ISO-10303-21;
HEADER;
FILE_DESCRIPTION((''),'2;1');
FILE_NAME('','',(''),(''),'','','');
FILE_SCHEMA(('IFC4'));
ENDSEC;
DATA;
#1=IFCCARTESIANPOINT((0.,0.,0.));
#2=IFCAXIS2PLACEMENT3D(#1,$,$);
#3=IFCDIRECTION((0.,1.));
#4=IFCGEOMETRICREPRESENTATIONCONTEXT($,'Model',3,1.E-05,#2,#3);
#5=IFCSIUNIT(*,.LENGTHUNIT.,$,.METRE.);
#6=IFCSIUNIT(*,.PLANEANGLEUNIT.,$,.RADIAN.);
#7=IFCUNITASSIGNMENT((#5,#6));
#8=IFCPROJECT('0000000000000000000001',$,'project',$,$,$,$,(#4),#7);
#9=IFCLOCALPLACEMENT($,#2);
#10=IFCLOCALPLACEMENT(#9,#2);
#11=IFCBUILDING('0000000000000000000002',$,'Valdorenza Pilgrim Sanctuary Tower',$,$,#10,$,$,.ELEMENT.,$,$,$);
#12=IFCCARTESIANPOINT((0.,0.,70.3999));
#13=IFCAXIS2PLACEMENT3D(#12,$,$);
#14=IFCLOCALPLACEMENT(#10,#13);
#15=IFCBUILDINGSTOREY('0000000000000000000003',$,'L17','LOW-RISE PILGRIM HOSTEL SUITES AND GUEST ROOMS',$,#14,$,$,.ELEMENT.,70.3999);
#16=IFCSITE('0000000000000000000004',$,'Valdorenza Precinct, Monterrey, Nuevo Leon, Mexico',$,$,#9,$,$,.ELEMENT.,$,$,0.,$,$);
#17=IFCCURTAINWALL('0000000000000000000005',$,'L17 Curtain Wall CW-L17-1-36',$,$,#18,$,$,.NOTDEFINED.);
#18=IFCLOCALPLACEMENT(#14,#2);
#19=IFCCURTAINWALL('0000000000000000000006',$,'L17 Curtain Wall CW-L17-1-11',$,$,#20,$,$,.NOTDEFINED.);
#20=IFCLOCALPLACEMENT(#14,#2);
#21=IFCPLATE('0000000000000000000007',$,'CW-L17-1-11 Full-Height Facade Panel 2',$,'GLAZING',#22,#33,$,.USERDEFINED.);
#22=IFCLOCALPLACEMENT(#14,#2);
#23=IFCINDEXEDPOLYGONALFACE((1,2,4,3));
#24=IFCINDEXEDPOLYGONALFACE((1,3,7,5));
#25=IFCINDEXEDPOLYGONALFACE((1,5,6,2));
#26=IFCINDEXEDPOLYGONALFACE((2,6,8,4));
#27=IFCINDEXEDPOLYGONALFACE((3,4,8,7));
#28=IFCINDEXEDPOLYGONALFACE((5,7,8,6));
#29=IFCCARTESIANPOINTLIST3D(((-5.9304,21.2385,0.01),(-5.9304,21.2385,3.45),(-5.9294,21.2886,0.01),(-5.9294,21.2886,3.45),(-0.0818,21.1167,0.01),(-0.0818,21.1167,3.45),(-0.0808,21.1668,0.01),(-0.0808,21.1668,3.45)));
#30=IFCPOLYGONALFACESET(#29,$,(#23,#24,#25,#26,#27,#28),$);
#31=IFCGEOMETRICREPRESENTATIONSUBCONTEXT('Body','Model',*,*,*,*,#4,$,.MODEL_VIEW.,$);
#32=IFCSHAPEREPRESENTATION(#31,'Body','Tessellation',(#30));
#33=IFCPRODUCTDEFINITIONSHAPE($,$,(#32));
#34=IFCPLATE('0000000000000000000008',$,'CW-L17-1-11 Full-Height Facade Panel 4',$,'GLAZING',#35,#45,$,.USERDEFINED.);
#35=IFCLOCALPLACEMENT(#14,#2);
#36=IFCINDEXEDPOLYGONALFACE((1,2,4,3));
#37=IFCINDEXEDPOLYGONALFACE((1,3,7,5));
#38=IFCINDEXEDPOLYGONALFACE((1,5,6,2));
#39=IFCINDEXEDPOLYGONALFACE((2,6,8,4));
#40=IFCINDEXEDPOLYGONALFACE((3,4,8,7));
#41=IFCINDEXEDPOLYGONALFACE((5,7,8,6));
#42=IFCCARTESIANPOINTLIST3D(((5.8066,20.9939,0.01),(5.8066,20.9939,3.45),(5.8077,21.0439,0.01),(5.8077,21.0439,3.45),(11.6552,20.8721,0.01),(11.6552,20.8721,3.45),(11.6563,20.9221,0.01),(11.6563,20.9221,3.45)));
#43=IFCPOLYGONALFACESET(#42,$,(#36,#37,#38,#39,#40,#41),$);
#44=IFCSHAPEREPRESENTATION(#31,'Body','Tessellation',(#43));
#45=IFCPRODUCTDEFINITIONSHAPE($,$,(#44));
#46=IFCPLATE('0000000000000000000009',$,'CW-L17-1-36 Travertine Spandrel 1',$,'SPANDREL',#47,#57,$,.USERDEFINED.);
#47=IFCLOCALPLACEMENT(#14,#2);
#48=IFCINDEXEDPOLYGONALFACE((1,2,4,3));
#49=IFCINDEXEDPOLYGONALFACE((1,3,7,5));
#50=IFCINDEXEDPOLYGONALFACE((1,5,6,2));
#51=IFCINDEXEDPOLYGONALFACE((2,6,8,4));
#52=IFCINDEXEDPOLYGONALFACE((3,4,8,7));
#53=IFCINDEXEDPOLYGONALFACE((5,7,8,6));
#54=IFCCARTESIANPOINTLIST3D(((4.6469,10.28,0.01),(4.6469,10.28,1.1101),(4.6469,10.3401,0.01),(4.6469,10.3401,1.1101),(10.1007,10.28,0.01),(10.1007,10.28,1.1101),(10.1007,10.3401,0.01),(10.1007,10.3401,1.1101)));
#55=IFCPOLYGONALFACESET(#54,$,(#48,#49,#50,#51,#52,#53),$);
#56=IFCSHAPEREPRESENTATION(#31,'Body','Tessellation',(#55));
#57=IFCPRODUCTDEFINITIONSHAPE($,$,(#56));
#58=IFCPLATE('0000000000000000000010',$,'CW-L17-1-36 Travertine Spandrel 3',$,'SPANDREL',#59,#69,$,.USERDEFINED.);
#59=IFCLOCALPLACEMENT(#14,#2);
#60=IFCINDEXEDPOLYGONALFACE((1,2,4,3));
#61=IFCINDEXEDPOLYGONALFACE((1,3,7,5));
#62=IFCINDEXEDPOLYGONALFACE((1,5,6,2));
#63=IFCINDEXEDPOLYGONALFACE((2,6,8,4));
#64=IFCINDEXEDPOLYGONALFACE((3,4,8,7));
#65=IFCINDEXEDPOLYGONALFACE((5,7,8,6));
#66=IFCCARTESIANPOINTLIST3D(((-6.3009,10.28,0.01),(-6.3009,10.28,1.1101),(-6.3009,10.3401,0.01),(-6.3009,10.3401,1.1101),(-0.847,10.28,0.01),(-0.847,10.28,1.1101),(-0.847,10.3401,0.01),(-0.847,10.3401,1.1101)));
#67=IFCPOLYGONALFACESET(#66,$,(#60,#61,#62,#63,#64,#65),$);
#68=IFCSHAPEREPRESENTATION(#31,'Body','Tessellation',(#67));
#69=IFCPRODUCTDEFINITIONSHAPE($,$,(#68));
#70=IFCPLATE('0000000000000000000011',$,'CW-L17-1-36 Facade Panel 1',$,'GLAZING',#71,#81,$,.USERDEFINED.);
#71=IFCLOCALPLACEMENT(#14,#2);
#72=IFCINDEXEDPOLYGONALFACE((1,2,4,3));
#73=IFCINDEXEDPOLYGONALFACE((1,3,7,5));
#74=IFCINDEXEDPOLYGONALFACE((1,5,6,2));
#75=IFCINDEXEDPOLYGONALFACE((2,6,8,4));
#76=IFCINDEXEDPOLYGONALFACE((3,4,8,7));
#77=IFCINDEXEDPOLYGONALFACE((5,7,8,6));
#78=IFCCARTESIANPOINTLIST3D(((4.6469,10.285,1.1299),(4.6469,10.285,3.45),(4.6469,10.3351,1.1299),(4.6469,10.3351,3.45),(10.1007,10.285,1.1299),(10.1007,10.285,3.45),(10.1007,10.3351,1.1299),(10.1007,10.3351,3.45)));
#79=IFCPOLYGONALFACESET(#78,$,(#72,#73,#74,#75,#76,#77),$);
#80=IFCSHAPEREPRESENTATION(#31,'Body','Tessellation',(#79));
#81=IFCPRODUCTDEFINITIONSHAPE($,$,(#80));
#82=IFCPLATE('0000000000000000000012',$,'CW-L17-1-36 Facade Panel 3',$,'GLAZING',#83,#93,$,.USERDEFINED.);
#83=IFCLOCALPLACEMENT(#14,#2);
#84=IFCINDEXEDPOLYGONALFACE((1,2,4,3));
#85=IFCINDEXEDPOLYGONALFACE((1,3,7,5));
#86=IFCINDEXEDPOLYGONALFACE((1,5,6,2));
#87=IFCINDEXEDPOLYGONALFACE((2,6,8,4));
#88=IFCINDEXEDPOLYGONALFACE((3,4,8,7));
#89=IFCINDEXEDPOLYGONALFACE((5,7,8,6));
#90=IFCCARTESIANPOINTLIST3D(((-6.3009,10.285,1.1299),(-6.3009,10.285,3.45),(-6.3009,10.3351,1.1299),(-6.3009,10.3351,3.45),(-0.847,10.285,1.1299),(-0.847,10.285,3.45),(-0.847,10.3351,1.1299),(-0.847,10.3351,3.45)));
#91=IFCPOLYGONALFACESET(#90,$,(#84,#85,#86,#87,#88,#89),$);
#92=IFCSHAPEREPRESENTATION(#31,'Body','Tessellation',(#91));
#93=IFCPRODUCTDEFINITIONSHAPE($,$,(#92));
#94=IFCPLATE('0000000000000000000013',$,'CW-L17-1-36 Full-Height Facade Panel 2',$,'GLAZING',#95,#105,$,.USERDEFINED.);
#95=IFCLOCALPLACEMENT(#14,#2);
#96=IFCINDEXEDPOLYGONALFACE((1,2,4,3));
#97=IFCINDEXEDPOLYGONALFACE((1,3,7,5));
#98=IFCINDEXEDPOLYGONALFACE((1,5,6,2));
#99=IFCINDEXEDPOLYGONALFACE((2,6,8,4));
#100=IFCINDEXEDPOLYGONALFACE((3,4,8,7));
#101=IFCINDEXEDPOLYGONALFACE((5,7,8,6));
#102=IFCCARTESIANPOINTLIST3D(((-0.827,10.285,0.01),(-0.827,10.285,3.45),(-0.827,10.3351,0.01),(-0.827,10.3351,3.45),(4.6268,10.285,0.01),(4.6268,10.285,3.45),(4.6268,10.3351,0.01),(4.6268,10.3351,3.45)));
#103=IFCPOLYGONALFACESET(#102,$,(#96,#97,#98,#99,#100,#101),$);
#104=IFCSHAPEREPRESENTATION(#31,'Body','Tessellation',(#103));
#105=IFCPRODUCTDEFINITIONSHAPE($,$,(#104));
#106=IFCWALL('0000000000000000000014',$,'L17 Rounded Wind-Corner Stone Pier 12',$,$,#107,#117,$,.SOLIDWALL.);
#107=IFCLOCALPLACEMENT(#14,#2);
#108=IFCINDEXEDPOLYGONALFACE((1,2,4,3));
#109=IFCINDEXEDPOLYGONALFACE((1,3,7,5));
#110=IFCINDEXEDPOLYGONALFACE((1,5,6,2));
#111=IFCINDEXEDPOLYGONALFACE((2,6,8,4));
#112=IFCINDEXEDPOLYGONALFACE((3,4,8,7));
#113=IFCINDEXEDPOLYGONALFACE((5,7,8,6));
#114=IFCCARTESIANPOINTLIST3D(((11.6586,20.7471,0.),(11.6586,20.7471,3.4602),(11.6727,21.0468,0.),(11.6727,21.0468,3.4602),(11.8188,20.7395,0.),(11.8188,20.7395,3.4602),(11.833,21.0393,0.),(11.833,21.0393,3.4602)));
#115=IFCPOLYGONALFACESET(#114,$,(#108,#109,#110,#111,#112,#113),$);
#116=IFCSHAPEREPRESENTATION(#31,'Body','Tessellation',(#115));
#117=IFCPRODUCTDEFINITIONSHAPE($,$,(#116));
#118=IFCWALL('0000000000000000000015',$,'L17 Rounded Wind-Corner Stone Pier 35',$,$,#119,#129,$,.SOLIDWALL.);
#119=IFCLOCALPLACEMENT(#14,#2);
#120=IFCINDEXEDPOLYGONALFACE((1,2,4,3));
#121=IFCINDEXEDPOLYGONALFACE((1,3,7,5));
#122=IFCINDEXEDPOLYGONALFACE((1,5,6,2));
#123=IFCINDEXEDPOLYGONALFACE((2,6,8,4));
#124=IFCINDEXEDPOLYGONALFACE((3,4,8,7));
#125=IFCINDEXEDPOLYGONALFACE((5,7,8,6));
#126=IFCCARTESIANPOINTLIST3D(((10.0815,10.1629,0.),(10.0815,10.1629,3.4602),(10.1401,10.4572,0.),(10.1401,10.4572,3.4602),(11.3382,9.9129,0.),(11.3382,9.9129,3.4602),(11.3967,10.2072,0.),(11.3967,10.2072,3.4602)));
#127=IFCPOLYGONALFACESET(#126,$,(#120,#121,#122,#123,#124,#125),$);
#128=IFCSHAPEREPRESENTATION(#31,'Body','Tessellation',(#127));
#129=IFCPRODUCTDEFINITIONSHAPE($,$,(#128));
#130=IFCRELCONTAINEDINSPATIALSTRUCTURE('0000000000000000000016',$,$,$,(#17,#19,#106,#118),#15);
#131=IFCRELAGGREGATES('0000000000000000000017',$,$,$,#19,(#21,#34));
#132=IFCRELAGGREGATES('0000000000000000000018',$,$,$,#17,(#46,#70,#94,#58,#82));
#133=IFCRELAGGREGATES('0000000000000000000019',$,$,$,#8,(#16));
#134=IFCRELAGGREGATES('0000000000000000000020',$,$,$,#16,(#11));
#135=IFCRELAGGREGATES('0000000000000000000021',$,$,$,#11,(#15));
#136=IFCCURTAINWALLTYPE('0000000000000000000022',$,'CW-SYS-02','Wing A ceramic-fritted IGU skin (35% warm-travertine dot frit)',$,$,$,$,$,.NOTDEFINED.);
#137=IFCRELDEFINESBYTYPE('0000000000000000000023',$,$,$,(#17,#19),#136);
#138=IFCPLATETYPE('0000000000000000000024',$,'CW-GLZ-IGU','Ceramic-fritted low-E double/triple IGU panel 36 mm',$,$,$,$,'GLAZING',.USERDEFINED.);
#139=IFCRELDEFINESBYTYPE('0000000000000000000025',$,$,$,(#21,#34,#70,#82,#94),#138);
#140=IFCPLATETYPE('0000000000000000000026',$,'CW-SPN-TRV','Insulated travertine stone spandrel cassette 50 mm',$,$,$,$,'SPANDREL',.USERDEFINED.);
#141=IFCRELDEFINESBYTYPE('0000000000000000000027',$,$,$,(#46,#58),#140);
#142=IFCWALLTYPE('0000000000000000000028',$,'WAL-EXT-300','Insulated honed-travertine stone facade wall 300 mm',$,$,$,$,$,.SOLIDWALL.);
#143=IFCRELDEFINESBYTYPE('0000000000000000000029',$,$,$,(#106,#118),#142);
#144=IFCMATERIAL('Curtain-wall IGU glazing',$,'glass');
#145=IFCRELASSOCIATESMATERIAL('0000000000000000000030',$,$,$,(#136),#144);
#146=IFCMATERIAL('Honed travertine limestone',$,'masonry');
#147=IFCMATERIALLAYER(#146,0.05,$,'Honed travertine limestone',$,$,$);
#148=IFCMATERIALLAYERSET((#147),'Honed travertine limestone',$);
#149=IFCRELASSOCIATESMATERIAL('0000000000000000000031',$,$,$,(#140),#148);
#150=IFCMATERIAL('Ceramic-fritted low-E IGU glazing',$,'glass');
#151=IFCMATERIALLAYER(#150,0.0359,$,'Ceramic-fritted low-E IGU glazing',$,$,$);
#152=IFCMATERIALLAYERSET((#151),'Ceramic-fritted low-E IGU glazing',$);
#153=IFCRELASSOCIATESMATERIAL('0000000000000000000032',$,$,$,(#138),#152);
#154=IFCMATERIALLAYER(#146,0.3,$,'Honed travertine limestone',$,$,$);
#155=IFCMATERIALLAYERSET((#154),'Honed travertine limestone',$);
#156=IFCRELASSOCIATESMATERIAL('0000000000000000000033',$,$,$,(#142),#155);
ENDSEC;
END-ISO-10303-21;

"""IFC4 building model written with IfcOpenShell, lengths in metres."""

from ifc_helpers import new_model, si_unit, direction, frame, frame_2d, origin, origin_2d, place, context, subcontext, project, spatial, rectangle, extrude, source, transform, mapped, material, layer, layer_set, type_object, element, aggregate, save


model = new_model("IFC4")

# Units and contexts
model_context = context("Model", 3, precision=1e-05, world=origin(), true_north=direction((0.0, 1.0)))
body_context = subcontext(model_context, "Body", "Model", "MODEL_VIEW")
ifc_project = project(units=[si_unit("LENGTHUNIT", "METRE"), si_unit("PLANEANGLEUNIT", "RADIAN")], contexts=[model_context])

# Site, building, storey
site_placement = place(None, origin())
site = spatial("IfcSite", under=ifc_project, at=site_placement, Name="Valdorenza Precinct, Monterrey, Nuevo Leon, Mexico", CompositionType="ELEMENT", RefElevation=0.0)
building_placement = place(site_placement, origin())
building = spatial("IfcBuilding", under=site, at=building_placement, Name="Valdorenza Pilgrim Sanctuary Tower", CompositionType="ELEMENT")
storey_placement = place(building_placement, frame((0.0, 0.0, 70.3999)))
storey = spatial("IfcBuildingStorey", under=building, at=storey_placement, Name="L17", Description="LOW-RISE PILGRIM HOSTEL SUITES AND GUEST ROOMS", CompositionType="ELEMENT", Elevation=70.3999)

# Curtain wall
ifc_material_1 = material(Name="Curtain-wall IGU glazing", Category="glass")
curtain_wall_type = type_object("IfcCurtainWallType", Name="CW-SYS-02", Description="Wing A ceramic-fritted IGU skin (35% warm-travertine dot frit)", PredefinedType="NOTDEFINED", material=ifc_material_1)
curtain_wall_1_placement = place(storey_placement, origin())
curtain_wall_1 = element("IfcCurtainWall", 1, at=curtain_wall_1_placement, inside=storey, type_object=curtain_wall_type, Name="L17 Curtain Wall CW-L17-1-36", PredefinedType="NOTDEFINED")

# Curtain wall
curtain_wall_2_placement = place(storey_placement, origin())
curtain_wall_2 = element("IfcCurtainWall", 2, at=curtain_wall_2_placement, inside=storey, type_object=curtain_wall_type, Name="L17 Curtain Wall CW-L17-1-11", PredefinedType="NOTDEFINED")

# Plates
ifc_material_2 = material(Name="Honed travertine limestone", Category="masonry")
ifc_layer_1 = layer(ifc_material_2, 0.05, Name="Honed travertine limestone")
ifc_layer_set_1 = layer_set([ifc_layer_1], Name="Honed travertine limestone")
plate_type_1 = type_object("IfcPlateType", Name="CW-SPN-TRV", Description="Insulated travertine stone spandrel cassette 50 mm", ElementType="SPANDREL", PredefinedType="USERDEFINED", material=ifc_layer_set_1)
ifc_material_3 = material(Name="Ceramic-fritted low-E IGU glazing", Category="glass")
ifc_layer_2 = layer(ifc_material_3, 0.0359, Name="Ceramic-fritted low-E IGU glazing")
ifc_layer_set_2 = layer_set([ifc_layer_2], Name="Ceramic-fritted low-E IGU glazing")
plate_type_2 = type_object("IfcPlateType", Name="CW-GLZ-IGU", Description="Ceramic-fritted low-E double/triple IGU panel 36 mm", ElementType="GLAZING", PredefinedType="USERDEFINED", material=ifc_layer_set_2)
shared_shape_1 = source(origin(), body_context, "Body", "SweptSolid", [
    extrude(rectangle(XDim=5.8499, YDim=0.05, at=origin_2d()), origin(), (0.0, 0.0, 1.0), 3.4399),
])
plate_1_placement = place(storey_placement, frame((-3.0056, 21.2026, 0.01), z_axis=(0.0, 0.0, 1.0), x_axis=(0.999783, -0.02082, 0.0)))
plate_1 = element("IfcPlate", 3, at=plate_1_placement, type_object=plate_type_2, Name="CW-L17-1-11 Full-Height Facade Panel 2", ObjectType="GLAZING", PredefinedType="USERDEFINED", context=body_context, shape_type="MappedRepresentation", body=[
    mapped(shared_shape_1, transform((0.0, 0.0, 0.0), x_axis=(1.0, 0.0, 0.0), y_axis=(0.0, 1.0, 0.0), z_axis=(0.0, 0.0, 1.0), scale=1.0)),
])
plate_2_placement = place(storey_placement, frame((8.7314, 20.958, 0.01), z_axis=(0.0, 0.0, 1.0), x_axis=(0.999783, -0.02082, 0.0)))
plate_2 = element("IfcPlate", 4, at=plate_2_placement, type_object=plate_type_2, Name="CW-L17-1-11 Full-Height Facade Panel 4", ObjectType="GLAZING", PredefinedType="USERDEFINED", context=body_context, shape_type="MappedRepresentation", body=[
    mapped(shared_shape_1, transform((0.0, 0.0, 0.0), x_axis=(1.0, 0.0, 0.0), y_axis=(0.0, 1.0, 0.0), z_axis=(0.0, 0.0, 1.0), scale=1.0)),
])
aggregate(curtain_wall_2, [plate_1, plate_2])
shared_shape_2 = source(origin(), body_context, "Body", "SweptSolid", [
    extrude(rectangle(XDim=5.4539, YDim=0.0601, at=origin_2d()), origin(), (0.0, 0.0, 1.0), 1.1001),
])
plate_3_placement = place(storey_placement, frame((7.3738, 10.3101, 0.01), z_axis=(0.0, 0.0, 1.0), x_axis=(-1.0, 0.0, 0.0)))
plate_3 = element("IfcPlate", 5, at=plate_3_placement, type_object=plate_type_1, Name="CW-L17-1-36 Travertine Spandrel 1", ObjectType="SPANDREL", PredefinedType="USERDEFINED", context=body_context, shape_type="MappedRepresentation", body=[
    mapped(shared_shape_2, transform((0.0, 0.0, 0.0), x_axis=(1.0, 0.0, 0.0), y_axis=(0.0, 1.0, 0.0), z_axis=(0.0, 0.0, 1.0), scale=1.0)),
])
plate_4_placement = place(storey_placement, frame((-3.574, 10.3101, 0.01), z_axis=(0.0, 0.0, 1.0), x_axis=(-1.0, 0.0, 0.0)))
plate_4 = element("IfcPlate", 6, at=plate_4_placement, type_object=plate_type_1, Name="CW-L17-1-36 Travertine Spandrel 3", ObjectType="SPANDREL", PredefinedType="USERDEFINED", context=body_context, shape_type="MappedRepresentation", body=[
    mapped(shared_shape_2, transform((0.0, 0.0, 0.0), x_axis=(1.0, 0.0, 0.0), y_axis=(0.0, 1.0, 0.0), z_axis=(0.0, 0.0, 1.0), scale=1.0)),
])
shared_shape_3 = source(origin(), body_context, "Body", "SweptSolid", [
    extrude(rectangle(XDim=5.4539, YDim=0.05, at=origin_2d()), origin(), (0.0, 0.0, 1.0), 2.3201),
])
plate_5_placement = place(storey_placement, frame((7.3738, 10.3101, 1.1299), z_axis=(0.0, 0.0, 1.0), x_axis=(-1.0, 0.0, 0.0)))
plate_5 = element("IfcPlate", 7, at=plate_5_placement, type_object=plate_type_2, Name="CW-L17-1-36 Facade Panel 1", ObjectType="GLAZING", PredefinedType="USERDEFINED", context=body_context, shape_type="MappedRepresentation", body=[
    mapped(shared_shape_3, transform((0.0, 0.0, 0.0), x_axis=(1.0, 0.0, 0.0), y_axis=(0.0, 1.0, 0.0), z_axis=(0.0, 0.0, 1.0), scale=1.0)),
])
plate_6_placement = place(storey_placement, frame((-3.574, 10.3101, 1.1299), z_axis=(0.0, 0.0, 1.0), x_axis=(-1.0, 0.0, 0.0)))
plate_6 = element("IfcPlate", 8, at=plate_6_placement, type_object=plate_type_2, Name="CW-L17-1-36 Facade Panel 3", ObjectType="GLAZING", PredefinedType="USERDEFINED", context=body_context, shape_type="MappedRepresentation", body=[
    mapped(shared_shape_3, transform((0.0, 0.0, 0.0), x_axis=(1.0, 0.0, 0.0), y_axis=(0.0, 1.0, 0.0), z_axis=(0.0, 0.0, 1.0), scale=1.0)),
])
shared_shape_4 = source(origin(), body_context, "Body", "SweptSolid", [
    extrude(rectangle(XDim=5.4539, YDim=0.05, at=origin_2d()), origin(), (0.0, 0.0, 1.0), 3.4399),
])
plate_7_placement = place(storey_placement, frame((1.8999, 10.3101, 0.01), z_axis=(0.0, 0.0, 1.0), x_axis=(-1.0, 0.0, 0.0)))
plate_7 = element("IfcPlate", 9, at=plate_7_placement, type_object=plate_type_2, Name="CW-L17-1-36 Full-Height Facade Panel 2", ObjectType="GLAZING", PredefinedType="USERDEFINED", context=body_context, shape_type="MappedRepresentation", body=[
    mapped(shared_shape_4, transform((0.0, 0.0, 0.0), x_axis=(1.0, 0.0, 0.0), y_axis=(0.0, 1.0, 0.0), z_axis=(0.0, 0.0, 1.0), scale=1.0)),
])
aggregate(curtain_wall_1, [plate_3, plate_5, plate_7, plate_4, plate_6])

# Walls
ifc_layer_3 = layer(ifc_material_2, 0.3, Name="Honed travertine limestone")
ifc_layer_set_3 = layer_set([ifc_layer_3], Name="Honed travertine limestone")
wall_type = type_object("IfcWallType", Name="WAL-EXT-300", Description="Insulated honed-travertine stone facade wall 300 mm", PredefinedType="SOLIDWALL", material=ifc_layer_set_3)
wall_1_placement = place(storey_placement, frame((11.6658, 20.897, 0.0), z_axis=(0.0, 0.0, 1.0), x_axis=(0.998885, -0.047203, 0.0)))
element("IfcWall", 10, at=wall_1_placement, inside=storey, type_object=wall_type, Name="L17 Rounded Wind-Corner Stone Pier 12", PredefinedType="SOLIDWALL", context=body_context, shape_type="SweptSolid", body=[
    extrude(rectangle(XDim=0.1604, YDim=0.3, at=frame_2d((0.0801, 0.0))), origin(), (0.0, 0.0, 1.0), 3.4602),
])
wall_2_placement = place(storey_placement, frame((11.3674, 10.0601, 0.0), z_axis=(0.0, 0.0, 1.0), x_axis=(-0.980778, 0.195127, 0.0)))
element("IfcWall", 11, at=wall_2_placement, inside=storey, type_object=wall_type, Name="L17 Rounded Wind-Corner Stone Pier 35", PredefinedType="SOLIDWALL", context=body_context, shape_type="SweptSolid", body=[
    extrude(rectangle(XDim=1.2812, YDim=0.3, at=frame_2d((0.6406, 0.0))), origin(), (0.0, 0.0, 1.0), 3.4602),
])

save(model, "model.ifc")
